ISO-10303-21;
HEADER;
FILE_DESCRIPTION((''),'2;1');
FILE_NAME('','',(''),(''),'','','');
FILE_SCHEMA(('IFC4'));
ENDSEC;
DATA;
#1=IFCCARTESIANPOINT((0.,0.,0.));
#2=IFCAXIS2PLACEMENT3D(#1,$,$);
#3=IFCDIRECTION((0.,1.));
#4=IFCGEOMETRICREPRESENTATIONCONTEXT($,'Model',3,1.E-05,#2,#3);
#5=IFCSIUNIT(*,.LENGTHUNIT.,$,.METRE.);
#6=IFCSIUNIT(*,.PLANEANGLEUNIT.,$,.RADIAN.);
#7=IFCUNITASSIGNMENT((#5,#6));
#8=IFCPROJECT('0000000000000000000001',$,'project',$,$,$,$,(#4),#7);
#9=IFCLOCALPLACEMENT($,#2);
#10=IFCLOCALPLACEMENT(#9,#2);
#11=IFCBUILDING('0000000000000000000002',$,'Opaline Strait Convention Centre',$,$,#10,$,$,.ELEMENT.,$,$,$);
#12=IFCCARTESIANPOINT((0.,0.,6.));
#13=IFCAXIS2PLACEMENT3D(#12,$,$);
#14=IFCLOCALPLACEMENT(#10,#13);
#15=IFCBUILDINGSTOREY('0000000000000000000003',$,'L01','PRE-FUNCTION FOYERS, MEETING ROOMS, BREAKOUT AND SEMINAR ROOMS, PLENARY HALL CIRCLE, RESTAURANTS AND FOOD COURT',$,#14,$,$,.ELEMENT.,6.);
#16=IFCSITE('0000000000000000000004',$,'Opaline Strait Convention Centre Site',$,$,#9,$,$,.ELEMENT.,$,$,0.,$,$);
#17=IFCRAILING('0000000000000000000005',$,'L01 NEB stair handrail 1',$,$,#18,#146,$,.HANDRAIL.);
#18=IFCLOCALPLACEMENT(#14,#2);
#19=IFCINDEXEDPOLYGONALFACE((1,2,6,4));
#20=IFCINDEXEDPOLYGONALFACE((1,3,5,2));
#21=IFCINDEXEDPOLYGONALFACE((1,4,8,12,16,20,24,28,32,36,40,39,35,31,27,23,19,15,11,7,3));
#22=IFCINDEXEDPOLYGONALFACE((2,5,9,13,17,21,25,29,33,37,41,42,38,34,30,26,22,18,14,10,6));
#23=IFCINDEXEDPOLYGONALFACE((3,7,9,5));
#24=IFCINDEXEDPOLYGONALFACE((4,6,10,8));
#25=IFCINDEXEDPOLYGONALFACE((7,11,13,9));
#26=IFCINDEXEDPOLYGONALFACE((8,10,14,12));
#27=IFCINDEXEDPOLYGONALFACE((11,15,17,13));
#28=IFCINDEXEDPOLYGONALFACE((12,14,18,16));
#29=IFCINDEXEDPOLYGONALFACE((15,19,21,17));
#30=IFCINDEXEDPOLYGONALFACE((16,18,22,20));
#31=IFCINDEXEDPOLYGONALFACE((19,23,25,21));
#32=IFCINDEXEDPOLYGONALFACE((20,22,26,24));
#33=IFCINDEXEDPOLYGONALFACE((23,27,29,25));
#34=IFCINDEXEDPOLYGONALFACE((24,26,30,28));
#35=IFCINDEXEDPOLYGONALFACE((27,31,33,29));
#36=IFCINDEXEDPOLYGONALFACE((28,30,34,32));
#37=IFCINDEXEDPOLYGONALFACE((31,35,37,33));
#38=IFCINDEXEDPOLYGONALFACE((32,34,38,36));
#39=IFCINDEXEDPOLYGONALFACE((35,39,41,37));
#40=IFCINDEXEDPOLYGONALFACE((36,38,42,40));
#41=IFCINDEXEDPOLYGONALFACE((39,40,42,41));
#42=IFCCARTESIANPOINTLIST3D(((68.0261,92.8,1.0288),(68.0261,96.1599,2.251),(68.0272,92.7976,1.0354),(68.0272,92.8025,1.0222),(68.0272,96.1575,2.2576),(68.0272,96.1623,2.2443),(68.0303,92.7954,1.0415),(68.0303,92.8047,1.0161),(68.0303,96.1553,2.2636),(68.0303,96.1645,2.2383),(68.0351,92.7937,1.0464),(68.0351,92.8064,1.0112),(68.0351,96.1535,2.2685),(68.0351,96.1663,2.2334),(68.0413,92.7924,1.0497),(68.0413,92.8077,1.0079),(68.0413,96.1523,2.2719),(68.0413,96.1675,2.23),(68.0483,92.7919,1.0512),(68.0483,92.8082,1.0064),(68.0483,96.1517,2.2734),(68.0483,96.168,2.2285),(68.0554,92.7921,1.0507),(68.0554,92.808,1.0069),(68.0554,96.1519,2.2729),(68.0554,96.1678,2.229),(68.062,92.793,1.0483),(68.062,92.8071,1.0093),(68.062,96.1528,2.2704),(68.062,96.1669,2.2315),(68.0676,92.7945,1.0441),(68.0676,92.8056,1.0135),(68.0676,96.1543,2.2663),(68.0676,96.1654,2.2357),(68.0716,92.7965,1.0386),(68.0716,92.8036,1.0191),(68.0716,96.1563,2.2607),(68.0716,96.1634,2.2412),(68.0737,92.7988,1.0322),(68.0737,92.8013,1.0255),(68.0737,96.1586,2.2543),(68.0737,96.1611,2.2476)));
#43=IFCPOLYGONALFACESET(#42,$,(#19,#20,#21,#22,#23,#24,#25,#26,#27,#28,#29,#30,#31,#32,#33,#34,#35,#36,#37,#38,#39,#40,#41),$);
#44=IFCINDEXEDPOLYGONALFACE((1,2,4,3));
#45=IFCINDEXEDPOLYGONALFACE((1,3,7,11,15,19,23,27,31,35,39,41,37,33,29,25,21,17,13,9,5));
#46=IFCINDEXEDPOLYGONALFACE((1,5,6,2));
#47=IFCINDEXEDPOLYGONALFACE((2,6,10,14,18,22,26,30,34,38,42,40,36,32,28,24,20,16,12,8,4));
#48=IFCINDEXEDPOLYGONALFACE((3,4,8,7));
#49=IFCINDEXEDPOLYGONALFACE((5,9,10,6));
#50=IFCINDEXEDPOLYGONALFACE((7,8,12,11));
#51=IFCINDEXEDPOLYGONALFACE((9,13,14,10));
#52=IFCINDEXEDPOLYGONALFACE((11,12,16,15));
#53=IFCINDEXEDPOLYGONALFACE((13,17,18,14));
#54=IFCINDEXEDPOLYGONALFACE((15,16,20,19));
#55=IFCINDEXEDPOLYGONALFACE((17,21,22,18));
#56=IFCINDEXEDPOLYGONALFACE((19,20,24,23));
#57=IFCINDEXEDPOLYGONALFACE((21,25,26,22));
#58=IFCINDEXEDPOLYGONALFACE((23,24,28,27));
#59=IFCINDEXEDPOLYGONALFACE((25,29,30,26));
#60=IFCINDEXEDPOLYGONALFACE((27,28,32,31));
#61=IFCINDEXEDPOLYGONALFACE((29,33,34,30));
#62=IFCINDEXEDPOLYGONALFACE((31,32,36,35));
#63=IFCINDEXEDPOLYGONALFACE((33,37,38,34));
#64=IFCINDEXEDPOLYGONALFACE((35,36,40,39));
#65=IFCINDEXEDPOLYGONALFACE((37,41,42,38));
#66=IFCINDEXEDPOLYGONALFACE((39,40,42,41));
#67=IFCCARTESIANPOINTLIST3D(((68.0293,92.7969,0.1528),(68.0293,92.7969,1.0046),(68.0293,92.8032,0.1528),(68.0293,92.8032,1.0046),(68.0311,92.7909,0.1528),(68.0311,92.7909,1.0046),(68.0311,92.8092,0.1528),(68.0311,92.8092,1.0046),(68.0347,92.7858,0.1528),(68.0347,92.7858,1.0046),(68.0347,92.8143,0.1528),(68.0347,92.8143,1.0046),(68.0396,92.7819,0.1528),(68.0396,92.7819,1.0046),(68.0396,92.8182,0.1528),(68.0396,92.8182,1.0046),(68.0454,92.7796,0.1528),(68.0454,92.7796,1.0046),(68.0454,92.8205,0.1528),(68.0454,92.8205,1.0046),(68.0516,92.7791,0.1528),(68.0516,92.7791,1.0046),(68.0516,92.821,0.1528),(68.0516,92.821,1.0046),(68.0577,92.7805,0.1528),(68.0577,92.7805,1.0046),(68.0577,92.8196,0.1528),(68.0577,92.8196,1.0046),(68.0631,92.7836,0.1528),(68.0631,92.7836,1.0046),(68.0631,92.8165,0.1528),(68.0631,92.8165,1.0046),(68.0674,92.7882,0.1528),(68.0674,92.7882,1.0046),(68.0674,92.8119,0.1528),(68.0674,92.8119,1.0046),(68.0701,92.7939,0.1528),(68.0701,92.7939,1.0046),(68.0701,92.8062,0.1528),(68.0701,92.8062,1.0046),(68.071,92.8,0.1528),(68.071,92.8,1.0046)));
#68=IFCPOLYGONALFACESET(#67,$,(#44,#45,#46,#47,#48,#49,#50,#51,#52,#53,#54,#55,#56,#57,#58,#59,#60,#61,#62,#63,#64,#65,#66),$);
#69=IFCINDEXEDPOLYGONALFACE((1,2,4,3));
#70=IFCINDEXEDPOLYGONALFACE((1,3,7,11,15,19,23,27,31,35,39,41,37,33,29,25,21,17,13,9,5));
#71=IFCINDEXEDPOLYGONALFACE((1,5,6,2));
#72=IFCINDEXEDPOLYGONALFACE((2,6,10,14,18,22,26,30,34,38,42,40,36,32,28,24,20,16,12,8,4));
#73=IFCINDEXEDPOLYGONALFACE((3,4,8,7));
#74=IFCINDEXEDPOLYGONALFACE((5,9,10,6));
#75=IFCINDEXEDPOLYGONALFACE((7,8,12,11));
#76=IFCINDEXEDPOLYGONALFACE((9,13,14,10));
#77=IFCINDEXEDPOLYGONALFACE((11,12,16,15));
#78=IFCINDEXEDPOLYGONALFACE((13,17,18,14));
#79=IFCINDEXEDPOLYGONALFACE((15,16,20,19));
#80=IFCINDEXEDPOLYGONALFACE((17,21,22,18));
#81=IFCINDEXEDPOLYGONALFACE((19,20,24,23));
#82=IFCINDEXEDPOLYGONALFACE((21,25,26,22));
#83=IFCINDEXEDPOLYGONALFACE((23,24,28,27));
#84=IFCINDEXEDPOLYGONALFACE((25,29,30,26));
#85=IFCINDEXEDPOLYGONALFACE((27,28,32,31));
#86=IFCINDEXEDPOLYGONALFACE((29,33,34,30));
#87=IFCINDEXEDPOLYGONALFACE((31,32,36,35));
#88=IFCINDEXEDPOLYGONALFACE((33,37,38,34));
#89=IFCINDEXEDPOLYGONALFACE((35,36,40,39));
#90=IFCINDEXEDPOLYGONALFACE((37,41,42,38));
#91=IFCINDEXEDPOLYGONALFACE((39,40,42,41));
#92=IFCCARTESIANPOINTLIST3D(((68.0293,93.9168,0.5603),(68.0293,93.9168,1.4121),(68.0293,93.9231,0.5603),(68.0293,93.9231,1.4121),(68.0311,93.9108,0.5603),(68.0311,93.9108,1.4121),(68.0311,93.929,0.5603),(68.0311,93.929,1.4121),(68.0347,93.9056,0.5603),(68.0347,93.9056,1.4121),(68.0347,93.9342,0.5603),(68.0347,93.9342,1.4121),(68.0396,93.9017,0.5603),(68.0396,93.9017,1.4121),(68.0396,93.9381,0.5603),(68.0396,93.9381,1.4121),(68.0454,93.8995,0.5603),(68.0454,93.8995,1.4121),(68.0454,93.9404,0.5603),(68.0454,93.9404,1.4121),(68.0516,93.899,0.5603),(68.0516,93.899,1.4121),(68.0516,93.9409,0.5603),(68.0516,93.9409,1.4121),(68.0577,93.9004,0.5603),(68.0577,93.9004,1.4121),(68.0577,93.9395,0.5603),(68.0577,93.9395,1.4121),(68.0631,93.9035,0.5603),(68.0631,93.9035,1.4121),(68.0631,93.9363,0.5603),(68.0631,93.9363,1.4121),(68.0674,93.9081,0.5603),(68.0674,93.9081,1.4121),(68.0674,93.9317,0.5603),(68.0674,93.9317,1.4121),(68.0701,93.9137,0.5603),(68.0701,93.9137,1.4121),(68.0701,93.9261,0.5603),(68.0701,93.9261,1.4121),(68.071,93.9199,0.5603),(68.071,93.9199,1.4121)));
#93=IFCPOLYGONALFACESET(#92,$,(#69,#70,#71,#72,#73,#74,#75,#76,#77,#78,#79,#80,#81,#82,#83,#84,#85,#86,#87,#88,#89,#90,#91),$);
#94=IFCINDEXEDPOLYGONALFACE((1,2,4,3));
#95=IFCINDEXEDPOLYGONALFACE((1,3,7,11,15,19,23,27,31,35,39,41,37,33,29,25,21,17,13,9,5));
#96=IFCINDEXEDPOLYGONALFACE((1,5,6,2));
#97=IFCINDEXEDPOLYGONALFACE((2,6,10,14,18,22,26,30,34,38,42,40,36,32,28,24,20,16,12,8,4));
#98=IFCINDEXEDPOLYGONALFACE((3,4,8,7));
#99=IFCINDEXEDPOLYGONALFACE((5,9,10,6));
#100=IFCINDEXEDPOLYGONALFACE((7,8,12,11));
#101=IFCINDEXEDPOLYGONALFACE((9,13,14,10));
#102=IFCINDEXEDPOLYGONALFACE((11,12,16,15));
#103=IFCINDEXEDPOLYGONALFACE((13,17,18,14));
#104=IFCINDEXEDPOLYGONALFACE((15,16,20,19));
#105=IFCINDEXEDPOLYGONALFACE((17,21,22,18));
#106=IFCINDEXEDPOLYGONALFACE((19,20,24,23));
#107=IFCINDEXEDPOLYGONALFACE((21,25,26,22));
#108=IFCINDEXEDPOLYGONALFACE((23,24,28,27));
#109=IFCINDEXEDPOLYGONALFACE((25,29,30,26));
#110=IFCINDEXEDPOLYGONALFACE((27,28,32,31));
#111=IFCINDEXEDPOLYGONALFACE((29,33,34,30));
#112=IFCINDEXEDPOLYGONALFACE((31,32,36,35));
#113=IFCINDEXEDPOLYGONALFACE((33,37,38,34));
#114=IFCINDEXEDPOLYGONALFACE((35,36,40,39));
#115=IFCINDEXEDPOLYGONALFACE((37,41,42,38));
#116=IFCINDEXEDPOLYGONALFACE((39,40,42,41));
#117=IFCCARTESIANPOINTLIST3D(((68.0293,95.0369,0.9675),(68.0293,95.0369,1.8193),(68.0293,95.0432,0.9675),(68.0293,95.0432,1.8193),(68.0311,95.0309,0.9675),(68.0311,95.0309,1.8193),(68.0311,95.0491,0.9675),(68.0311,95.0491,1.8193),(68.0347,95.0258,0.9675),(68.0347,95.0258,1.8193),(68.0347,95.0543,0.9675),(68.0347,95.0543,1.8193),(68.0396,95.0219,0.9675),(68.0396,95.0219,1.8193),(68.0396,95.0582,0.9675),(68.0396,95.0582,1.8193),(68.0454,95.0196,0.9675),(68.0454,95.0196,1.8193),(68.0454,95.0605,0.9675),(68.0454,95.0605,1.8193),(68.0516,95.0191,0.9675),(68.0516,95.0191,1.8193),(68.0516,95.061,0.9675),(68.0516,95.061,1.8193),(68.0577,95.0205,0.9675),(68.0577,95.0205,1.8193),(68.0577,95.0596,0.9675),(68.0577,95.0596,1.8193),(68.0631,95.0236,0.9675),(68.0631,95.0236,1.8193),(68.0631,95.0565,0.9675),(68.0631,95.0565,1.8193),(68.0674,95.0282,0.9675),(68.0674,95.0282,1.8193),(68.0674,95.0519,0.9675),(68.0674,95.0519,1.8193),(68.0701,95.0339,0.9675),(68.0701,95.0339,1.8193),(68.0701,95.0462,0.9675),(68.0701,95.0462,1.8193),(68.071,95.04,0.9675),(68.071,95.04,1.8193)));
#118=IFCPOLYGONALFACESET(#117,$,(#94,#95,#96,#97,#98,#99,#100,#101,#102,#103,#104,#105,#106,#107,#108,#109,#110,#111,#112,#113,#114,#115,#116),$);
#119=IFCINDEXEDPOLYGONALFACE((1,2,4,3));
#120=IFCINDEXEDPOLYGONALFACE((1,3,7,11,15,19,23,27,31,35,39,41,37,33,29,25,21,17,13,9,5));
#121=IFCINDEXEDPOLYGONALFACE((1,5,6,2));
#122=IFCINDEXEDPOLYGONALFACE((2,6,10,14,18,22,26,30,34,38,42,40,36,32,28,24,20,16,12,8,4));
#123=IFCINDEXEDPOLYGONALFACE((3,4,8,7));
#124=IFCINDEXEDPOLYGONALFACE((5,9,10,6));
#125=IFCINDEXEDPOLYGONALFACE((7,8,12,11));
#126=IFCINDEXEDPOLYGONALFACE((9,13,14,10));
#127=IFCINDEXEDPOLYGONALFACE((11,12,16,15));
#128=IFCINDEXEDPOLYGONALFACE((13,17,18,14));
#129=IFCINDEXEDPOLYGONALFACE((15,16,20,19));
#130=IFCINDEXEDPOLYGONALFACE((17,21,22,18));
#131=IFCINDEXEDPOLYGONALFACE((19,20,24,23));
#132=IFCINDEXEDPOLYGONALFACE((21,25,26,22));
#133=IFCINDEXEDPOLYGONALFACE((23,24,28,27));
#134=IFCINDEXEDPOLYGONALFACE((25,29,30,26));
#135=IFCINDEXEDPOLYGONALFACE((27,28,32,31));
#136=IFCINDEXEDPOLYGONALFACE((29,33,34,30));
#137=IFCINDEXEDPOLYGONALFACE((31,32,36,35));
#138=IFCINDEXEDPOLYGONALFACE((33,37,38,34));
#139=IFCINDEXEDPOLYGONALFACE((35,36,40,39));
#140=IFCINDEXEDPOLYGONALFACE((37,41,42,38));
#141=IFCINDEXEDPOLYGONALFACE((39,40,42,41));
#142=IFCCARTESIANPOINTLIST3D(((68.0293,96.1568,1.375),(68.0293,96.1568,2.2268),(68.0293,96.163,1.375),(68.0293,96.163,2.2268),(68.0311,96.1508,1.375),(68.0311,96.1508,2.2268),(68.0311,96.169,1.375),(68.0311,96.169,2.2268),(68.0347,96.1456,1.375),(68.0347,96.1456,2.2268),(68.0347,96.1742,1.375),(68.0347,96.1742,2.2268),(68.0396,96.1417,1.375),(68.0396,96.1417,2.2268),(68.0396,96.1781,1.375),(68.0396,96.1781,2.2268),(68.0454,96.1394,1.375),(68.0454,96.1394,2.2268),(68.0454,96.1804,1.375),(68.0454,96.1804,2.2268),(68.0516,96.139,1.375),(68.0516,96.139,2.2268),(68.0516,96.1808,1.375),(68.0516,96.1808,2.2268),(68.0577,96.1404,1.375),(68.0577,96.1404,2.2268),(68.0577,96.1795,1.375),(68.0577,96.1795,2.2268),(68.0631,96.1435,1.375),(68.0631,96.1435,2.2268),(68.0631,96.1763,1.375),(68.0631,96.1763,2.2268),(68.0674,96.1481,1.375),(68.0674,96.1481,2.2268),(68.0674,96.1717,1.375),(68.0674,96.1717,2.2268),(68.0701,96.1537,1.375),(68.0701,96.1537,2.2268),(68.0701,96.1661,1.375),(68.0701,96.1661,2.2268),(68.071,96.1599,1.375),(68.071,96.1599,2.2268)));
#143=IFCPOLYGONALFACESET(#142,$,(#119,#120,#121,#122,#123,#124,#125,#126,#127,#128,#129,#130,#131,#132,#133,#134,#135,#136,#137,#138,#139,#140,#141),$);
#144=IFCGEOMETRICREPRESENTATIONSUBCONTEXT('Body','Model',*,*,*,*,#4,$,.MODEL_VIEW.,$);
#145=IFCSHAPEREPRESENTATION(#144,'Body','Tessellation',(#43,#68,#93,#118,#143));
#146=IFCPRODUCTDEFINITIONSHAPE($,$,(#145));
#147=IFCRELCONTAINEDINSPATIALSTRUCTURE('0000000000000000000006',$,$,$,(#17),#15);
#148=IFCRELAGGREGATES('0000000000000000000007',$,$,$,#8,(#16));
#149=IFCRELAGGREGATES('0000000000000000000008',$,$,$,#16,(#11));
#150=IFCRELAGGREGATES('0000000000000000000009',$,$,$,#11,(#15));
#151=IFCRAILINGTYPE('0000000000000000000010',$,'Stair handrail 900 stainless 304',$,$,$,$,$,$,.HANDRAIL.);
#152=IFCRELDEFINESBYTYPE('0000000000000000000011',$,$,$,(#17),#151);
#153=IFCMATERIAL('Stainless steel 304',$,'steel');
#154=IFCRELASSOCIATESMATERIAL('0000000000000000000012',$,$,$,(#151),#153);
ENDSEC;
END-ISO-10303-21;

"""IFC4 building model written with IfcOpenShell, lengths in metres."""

from ifc_helpers import new_model, si_unit, direction, frame, origin, origin_2d, place, context, subcontext, project, spatial, circle, extrude, material, type_object, element, save


model = new_model("IFC4")

# Units and contexts
model_context = context("Model", 3, precision=1e-05, world=origin(), true_north=direction((0.0, 1.0)))
body_context = subcontext(model_context, "Body", "Model", "MODEL_VIEW")
ifc_project = project(units=[si_unit("LENGTHUNIT", "METRE"), si_unit("PLANEANGLEUNIT", "RADIAN")], contexts=[model_context])

# Site, building, storey
site_placement = place(None, origin())
site = spatial("IfcSite", under=ifc_project, at=site_placement, Name="Opaline Strait Convention Centre Site", CompositionType="ELEMENT", RefElevation=0.0)
building_placement = place(site_placement, origin())
building = spatial("IfcBuilding", under=site, at=building_placement, Name="Opaline Strait Convention Centre", CompositionType="ELEMENT")
storey_placement = place(building_placement, frame((0.0, 0.0, 6.0)))
storey = spatial("IfcBuildingStorey", under=building, at=storey_placement, Name="L01", Description="PRE-FUNCTION FOYERS, MEETING ROOMS, BREAKOUT AND SEMINAR ROOMS, PLENARY HALL CIRCLE, RESTAURANTS AND FOOD COURT", CompositionType="ELEMENT", Elevation=6.0)

# Railing
ifc_material_1 = material(Name="Stainless steel 304", Category="steel")
railing_type_1 = type_object("IfcRailingType", Name="Stair handrail 900 stainless 304", PredefinedType="HANDRAIL", material=ifc_material_1)
railing_1_placement = place(storey_placement, frame((68.05, 92.8, 0.1528)))
element("IfcRailing", 1, at=railing_1_placement, inside=storey, type_object=railing_type_1, Name="L01 NEB stair handrail 1", PredefinedType="HANDRAIL", context=body_context, shape_type="SweptSolid", body=[
    extrude(circle(Radius=0.0239, at=origin_2d()), frame((0.0, 0.0, 0.876), z_axis=(0.0, 0.939758, 0.341842), x_axis=(-1.0, 0.0, 0.0)), (0.0, 0.0, 1.0), 3.5752),
    extrude(circle(Radius=0.021, at=origin_2d()), origin(), (0.0, 0.0, 1.0), 0.8518),
    extrude(circle(Radius=0.021, at=origin_2d()), frame((0.0, 1.1199, 0.4075)), (0.0, 0.0, 1.0), 0.8518),
    extrude(circle(Radius=0.021, at=origin_2d()), frame((0.0, 2.24, 0.8147)), (0.0, 0.0, 1.0), 0.8518),
    extrude(circle(Radius=0.021, at=origin_2d()), frame((0.0, 3.3599, 1.2222)), (0.0, 0.0, 1.0), 0.8518),
])

save(model, "model.ifc")
